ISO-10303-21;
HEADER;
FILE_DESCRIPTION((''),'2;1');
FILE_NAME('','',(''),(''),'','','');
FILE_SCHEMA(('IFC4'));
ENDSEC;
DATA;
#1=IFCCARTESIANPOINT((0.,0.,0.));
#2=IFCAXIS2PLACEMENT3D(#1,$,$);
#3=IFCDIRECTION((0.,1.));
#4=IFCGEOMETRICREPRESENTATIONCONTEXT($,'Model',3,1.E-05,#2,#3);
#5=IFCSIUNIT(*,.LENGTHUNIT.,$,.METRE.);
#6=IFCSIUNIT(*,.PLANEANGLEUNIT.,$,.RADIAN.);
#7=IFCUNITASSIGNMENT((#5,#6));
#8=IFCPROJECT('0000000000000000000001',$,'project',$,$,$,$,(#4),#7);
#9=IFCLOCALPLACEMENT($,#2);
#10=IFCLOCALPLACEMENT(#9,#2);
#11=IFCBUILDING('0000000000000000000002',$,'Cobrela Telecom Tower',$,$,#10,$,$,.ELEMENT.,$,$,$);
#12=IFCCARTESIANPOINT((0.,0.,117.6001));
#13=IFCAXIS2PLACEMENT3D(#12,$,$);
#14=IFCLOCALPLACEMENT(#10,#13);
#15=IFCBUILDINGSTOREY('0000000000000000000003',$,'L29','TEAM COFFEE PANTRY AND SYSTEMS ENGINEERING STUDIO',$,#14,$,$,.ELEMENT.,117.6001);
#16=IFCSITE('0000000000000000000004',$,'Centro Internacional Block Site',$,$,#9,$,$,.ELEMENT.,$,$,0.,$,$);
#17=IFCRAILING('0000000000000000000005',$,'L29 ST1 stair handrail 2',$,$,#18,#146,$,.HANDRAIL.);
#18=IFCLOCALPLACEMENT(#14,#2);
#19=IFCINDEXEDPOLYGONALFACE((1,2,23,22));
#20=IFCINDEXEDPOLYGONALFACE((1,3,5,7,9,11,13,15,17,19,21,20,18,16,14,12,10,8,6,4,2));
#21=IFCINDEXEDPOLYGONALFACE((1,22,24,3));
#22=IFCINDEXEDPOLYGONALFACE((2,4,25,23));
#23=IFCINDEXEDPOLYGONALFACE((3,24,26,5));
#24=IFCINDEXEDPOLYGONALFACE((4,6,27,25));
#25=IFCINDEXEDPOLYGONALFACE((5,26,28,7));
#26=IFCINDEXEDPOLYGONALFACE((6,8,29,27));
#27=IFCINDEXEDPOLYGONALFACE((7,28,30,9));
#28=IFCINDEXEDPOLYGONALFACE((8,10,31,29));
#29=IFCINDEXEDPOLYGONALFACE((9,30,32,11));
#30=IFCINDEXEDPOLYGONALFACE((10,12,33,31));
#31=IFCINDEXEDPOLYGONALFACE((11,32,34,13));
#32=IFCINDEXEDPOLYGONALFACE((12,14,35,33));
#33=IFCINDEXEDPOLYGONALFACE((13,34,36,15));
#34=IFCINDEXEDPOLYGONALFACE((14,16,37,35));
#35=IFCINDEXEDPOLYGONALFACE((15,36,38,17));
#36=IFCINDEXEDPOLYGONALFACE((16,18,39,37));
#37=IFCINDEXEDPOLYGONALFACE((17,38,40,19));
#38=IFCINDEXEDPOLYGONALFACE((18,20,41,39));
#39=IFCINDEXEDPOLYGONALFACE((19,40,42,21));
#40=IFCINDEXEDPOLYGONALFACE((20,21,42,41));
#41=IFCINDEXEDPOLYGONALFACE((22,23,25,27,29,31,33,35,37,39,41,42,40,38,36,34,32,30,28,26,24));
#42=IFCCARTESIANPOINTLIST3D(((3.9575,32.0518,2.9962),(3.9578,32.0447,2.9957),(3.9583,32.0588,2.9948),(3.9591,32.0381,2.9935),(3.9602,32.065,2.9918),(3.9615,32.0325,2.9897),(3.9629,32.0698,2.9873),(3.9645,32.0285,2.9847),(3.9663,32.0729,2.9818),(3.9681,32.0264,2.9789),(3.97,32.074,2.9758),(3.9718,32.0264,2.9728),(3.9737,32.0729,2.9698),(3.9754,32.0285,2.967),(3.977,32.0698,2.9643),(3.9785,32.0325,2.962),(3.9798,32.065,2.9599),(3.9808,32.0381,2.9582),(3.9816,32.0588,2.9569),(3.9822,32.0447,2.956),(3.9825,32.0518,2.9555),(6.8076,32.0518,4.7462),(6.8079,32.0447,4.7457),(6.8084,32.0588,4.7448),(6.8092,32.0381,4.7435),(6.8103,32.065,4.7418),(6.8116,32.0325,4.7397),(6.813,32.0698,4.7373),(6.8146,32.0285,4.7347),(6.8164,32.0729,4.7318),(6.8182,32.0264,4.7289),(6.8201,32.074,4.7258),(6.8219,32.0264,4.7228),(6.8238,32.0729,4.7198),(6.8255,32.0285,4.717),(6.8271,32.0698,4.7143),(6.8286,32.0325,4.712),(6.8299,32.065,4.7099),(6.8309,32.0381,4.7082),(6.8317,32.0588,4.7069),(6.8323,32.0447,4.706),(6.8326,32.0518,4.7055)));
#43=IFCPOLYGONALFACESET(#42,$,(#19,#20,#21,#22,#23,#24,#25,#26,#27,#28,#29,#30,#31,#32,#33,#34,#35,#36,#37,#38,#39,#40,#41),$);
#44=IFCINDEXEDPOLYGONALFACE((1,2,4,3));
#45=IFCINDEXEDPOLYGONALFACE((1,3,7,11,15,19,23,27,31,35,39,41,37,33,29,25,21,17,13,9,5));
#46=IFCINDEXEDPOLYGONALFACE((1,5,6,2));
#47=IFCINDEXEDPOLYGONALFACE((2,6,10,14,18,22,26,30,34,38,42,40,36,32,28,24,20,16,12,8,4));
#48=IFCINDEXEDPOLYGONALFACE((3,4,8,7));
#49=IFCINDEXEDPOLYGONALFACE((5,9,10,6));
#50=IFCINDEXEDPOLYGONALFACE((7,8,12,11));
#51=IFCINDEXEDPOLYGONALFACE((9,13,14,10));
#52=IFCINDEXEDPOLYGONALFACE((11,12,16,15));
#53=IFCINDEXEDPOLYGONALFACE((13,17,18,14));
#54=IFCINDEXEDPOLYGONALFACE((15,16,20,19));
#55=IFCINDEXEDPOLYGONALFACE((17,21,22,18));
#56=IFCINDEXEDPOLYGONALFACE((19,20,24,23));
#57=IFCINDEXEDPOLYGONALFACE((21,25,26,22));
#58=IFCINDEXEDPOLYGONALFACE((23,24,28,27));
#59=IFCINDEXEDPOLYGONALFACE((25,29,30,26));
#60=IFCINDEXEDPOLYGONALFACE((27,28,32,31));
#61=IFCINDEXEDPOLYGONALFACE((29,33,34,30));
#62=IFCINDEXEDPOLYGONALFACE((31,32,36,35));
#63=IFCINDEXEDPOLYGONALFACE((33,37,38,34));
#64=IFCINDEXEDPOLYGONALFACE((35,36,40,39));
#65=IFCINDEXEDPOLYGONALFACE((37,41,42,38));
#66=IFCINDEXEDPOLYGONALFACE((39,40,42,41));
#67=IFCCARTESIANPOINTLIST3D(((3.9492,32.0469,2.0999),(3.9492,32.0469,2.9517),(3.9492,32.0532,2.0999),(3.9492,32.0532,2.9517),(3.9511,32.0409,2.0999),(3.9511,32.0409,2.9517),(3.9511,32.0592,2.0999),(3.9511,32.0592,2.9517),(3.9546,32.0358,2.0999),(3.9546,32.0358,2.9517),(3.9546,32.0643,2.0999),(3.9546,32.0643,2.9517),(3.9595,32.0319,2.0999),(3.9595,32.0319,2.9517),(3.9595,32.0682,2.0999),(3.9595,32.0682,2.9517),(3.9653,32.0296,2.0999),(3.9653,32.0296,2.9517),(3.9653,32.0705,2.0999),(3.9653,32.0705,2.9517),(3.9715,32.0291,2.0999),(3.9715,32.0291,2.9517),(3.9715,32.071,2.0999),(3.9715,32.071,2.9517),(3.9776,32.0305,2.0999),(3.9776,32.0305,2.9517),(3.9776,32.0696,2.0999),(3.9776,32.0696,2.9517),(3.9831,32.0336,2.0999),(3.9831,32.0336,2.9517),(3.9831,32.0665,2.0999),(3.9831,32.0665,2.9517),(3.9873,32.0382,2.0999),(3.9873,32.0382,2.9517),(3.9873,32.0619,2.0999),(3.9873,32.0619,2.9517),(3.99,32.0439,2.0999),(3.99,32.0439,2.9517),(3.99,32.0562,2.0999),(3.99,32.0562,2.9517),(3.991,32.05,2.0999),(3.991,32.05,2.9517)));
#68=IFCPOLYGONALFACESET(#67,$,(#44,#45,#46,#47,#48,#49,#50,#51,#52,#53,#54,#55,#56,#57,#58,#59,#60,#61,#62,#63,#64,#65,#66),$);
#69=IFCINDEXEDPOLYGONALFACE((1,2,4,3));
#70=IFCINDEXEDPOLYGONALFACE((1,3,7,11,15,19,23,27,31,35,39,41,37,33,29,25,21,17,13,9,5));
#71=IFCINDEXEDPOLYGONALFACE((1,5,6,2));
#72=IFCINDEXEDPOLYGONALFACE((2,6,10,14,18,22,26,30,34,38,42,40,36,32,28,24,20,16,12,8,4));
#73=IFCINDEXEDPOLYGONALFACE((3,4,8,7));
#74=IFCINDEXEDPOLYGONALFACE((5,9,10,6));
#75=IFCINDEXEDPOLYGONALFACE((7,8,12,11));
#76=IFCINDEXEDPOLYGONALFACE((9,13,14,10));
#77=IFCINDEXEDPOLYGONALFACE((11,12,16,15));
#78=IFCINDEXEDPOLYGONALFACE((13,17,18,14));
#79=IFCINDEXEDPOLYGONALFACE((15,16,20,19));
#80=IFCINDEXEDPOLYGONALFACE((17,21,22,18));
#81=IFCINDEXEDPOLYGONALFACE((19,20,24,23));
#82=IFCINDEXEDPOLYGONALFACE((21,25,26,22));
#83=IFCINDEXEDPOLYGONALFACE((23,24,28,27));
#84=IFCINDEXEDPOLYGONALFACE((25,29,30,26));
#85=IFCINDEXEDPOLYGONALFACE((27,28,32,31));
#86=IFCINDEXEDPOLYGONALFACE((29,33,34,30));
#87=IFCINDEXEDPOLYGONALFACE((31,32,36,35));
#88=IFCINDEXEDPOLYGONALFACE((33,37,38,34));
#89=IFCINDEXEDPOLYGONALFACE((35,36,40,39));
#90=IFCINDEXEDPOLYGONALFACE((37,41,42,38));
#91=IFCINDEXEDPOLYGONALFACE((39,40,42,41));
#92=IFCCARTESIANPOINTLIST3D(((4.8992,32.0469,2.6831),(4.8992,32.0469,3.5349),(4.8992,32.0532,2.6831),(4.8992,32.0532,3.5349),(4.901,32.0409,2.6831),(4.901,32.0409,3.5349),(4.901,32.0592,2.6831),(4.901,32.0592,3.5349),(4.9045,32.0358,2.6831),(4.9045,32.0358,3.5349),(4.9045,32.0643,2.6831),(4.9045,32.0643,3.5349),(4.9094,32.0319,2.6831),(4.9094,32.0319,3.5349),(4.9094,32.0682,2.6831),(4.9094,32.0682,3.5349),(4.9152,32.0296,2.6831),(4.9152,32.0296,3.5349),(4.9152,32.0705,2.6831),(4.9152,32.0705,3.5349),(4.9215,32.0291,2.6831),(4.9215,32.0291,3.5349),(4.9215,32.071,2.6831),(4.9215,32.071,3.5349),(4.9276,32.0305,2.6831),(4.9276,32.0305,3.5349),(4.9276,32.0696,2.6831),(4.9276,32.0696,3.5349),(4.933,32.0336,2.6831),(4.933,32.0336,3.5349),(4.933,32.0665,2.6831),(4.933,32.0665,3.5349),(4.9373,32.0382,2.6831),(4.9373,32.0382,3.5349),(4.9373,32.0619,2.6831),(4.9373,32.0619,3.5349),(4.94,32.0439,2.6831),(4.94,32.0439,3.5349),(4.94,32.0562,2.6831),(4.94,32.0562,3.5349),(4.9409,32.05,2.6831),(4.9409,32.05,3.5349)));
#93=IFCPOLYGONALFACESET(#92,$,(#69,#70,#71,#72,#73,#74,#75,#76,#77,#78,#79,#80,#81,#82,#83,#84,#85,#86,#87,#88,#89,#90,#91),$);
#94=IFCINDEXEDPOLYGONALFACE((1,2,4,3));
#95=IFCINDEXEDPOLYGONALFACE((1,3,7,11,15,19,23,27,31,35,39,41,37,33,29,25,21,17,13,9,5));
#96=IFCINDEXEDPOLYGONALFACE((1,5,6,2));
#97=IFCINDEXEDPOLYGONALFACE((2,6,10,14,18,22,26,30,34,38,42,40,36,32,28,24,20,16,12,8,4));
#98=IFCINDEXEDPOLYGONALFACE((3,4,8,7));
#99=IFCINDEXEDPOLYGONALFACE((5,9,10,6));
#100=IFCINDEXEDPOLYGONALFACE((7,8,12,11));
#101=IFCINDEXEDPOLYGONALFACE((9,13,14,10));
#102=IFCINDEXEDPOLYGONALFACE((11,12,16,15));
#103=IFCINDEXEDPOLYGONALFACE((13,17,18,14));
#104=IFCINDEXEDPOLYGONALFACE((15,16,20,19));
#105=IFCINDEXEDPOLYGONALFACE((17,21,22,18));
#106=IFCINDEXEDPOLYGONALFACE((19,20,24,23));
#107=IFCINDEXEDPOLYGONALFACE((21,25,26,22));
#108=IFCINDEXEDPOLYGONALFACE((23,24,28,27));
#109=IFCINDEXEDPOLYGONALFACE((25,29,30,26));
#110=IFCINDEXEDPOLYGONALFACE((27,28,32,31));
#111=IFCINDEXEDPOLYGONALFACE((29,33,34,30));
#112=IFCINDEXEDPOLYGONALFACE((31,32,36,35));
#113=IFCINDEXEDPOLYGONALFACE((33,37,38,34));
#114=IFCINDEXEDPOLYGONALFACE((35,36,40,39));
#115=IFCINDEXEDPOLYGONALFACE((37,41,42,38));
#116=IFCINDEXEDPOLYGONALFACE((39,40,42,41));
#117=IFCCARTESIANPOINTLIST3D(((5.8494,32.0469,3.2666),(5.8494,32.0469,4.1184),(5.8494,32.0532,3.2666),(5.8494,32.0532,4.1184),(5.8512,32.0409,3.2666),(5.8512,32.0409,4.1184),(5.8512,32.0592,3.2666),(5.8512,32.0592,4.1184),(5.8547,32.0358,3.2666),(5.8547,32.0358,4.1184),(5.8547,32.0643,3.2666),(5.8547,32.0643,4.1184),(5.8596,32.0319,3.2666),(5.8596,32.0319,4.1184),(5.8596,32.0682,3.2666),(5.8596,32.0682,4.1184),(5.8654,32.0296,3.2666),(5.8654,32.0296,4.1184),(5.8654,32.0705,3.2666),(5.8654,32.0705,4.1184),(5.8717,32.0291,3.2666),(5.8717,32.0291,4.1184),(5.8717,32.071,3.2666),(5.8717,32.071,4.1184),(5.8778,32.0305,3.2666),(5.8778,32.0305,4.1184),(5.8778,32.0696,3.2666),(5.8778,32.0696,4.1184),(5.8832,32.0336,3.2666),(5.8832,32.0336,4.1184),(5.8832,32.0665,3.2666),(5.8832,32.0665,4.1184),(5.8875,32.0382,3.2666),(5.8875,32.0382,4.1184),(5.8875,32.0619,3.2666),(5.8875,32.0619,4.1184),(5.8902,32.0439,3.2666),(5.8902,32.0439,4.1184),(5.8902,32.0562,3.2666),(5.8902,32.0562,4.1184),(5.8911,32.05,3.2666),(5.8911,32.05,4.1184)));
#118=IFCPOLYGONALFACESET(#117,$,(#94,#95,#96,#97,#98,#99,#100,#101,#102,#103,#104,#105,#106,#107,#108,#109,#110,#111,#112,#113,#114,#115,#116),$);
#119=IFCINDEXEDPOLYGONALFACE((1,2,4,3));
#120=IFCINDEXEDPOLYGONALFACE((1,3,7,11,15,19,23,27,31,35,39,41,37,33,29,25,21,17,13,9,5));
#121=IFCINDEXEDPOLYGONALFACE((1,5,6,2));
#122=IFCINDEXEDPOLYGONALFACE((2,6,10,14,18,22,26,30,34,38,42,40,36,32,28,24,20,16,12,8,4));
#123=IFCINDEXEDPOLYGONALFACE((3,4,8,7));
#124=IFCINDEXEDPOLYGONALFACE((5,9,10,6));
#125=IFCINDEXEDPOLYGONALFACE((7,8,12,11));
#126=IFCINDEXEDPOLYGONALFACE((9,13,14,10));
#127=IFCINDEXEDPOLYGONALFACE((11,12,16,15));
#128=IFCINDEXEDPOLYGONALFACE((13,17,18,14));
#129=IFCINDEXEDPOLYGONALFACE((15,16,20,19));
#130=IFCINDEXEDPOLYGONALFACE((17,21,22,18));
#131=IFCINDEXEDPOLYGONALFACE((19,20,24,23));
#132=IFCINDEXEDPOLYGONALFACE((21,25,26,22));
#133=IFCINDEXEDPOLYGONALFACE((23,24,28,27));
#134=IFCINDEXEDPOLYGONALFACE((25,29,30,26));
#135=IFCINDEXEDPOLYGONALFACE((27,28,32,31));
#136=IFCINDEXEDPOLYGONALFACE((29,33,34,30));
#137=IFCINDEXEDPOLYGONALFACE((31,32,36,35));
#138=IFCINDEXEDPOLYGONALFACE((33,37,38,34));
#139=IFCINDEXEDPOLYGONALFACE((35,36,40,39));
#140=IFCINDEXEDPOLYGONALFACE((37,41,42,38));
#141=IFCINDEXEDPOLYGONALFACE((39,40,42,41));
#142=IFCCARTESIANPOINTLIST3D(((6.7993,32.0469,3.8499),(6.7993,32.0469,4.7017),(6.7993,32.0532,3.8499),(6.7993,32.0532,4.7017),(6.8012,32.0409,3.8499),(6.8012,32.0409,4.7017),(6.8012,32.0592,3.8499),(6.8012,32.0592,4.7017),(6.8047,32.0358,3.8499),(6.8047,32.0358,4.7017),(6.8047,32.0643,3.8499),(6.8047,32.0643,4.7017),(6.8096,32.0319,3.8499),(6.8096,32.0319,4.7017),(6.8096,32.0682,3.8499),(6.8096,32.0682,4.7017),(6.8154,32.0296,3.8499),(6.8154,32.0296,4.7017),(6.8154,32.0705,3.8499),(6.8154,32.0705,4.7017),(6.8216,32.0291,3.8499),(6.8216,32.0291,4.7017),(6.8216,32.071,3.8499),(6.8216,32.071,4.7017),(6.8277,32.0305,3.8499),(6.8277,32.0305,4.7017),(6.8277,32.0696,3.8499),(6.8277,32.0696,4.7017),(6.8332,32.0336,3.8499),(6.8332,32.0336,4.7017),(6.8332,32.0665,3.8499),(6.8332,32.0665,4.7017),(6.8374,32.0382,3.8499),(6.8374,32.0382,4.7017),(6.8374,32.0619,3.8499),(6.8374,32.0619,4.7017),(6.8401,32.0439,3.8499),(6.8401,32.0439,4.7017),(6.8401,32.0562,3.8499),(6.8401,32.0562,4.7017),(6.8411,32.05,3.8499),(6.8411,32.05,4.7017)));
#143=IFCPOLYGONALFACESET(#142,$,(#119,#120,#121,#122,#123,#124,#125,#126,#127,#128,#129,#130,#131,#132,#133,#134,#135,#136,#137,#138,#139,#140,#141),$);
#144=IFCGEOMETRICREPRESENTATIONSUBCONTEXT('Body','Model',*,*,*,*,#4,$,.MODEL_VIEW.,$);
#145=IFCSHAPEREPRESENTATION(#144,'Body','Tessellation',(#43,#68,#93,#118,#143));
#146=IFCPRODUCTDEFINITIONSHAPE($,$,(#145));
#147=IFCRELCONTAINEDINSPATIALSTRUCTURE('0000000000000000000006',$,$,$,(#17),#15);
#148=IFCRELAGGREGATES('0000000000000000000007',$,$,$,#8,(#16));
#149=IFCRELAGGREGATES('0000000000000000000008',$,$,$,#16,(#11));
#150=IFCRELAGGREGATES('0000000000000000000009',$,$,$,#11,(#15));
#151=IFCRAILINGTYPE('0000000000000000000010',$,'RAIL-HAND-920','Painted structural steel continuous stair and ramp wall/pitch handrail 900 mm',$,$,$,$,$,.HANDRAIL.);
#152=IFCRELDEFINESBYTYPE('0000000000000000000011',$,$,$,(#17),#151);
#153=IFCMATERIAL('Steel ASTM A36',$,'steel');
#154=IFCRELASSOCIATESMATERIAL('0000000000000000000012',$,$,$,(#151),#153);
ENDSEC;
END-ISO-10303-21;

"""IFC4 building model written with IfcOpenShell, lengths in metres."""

from ifc_helpers import new_model, si_unit, direction, frame, origin, origin_2d, place, context, subcontext, project, spatial, circle, extrude, material, type_object, element, save


model = new_model("IFC4")

# Units and contexts
model_context = context("Model", 3, precision=1e-05, world=origin(), true_north=direction((0.0, 1.0)))
body_context = subcontext(model_context, "Body", "Model", "MODEL_VIEW")
ifc_project = project(units=[si_unit("LENGTHUNIT", "METRE"), si_unit("PLANEANGLEUNIT", "RADIAN")], contexts=[model_context])

# Site, building, storey
site_placement = place(None, origin())
site = spatial("IfcSite", under=ifc_project, at=site_placement, Name="Centro Internacional Block Site", CompositionType="ELEMENT", RefElevation=0.0)
building_placement = place(site_placement, origin())
building = spatial("IfcBuilding", under=site, at=building_placement, Name="Cobrela Telecom Tower", CompositionType="ELEMENT")
storey_placement = place(building_placement, frame((0.0, 0.0, 117.6001)))
storey = spatial("IfcBuildingStorey", under=building, at=storey_placement, Name="L29", Description="TEAM COFFEE PANTRY AND SYSTEMS ENGINEERING STUDIO", CompositionType="ELEMENT", Elevation=117.6001)

# Shared definitions
ifc_material_1 = material(Name="Steel ASTM A36", Category="steel")

# Railing
railing_type_1 = type_object("IfcRailingType", Name="RAIL-HAND-920", Description="Painted structural steel continuous stair and ramp wall/pitch handrail 900 mm", PredefinedType="HANDRAIL", material=ifc_material_1)
railing_1_placement = place(storey_placement, frame((3.97, 32.05, 2.0999)))
element("IfcRailing", 1, at=railing_1_placement, inside=storey, type_object=railing_type_1, Name="L29 ST1 stair handrail 2", PredefinedType="HANDRAIL", context=body_context, shape_type="SweptSolid", body=[
    extrude(circle(Radius=0.0239, at=origin_2d()), frame((0.0, 0.0, 0.876), z_axis=(0.852179, 0.0, 0.52325), x_axis=(0.0, 1.0, 0.0)), (0.0, 0.0, 1.0), 3.3445),
    extrude(circle(Radius=0.021, at=origin_2d()), origin(), (0.0, 0.0, 1.0), 0.8518),
    extrude(circle(Radius=0.021, at=origin_2d()), frame((0.95, 0.0, 0.5833)), (0.0, 0.0, 1.0), 0.8518),
    extrude(circle(Radius=0.021, at=origin_2d()), frame((1.9001, 0.0, 1.1667)), (0.0, 0.0, 1.0), 0.8518),
    extrude(circle(Radius=0.021, at=origin_2d()), frame((2.8501, 0.0, 1.75)), (0.0, 0.0, 1.0), 0.8518),
])

save(model, "model.ifc")
